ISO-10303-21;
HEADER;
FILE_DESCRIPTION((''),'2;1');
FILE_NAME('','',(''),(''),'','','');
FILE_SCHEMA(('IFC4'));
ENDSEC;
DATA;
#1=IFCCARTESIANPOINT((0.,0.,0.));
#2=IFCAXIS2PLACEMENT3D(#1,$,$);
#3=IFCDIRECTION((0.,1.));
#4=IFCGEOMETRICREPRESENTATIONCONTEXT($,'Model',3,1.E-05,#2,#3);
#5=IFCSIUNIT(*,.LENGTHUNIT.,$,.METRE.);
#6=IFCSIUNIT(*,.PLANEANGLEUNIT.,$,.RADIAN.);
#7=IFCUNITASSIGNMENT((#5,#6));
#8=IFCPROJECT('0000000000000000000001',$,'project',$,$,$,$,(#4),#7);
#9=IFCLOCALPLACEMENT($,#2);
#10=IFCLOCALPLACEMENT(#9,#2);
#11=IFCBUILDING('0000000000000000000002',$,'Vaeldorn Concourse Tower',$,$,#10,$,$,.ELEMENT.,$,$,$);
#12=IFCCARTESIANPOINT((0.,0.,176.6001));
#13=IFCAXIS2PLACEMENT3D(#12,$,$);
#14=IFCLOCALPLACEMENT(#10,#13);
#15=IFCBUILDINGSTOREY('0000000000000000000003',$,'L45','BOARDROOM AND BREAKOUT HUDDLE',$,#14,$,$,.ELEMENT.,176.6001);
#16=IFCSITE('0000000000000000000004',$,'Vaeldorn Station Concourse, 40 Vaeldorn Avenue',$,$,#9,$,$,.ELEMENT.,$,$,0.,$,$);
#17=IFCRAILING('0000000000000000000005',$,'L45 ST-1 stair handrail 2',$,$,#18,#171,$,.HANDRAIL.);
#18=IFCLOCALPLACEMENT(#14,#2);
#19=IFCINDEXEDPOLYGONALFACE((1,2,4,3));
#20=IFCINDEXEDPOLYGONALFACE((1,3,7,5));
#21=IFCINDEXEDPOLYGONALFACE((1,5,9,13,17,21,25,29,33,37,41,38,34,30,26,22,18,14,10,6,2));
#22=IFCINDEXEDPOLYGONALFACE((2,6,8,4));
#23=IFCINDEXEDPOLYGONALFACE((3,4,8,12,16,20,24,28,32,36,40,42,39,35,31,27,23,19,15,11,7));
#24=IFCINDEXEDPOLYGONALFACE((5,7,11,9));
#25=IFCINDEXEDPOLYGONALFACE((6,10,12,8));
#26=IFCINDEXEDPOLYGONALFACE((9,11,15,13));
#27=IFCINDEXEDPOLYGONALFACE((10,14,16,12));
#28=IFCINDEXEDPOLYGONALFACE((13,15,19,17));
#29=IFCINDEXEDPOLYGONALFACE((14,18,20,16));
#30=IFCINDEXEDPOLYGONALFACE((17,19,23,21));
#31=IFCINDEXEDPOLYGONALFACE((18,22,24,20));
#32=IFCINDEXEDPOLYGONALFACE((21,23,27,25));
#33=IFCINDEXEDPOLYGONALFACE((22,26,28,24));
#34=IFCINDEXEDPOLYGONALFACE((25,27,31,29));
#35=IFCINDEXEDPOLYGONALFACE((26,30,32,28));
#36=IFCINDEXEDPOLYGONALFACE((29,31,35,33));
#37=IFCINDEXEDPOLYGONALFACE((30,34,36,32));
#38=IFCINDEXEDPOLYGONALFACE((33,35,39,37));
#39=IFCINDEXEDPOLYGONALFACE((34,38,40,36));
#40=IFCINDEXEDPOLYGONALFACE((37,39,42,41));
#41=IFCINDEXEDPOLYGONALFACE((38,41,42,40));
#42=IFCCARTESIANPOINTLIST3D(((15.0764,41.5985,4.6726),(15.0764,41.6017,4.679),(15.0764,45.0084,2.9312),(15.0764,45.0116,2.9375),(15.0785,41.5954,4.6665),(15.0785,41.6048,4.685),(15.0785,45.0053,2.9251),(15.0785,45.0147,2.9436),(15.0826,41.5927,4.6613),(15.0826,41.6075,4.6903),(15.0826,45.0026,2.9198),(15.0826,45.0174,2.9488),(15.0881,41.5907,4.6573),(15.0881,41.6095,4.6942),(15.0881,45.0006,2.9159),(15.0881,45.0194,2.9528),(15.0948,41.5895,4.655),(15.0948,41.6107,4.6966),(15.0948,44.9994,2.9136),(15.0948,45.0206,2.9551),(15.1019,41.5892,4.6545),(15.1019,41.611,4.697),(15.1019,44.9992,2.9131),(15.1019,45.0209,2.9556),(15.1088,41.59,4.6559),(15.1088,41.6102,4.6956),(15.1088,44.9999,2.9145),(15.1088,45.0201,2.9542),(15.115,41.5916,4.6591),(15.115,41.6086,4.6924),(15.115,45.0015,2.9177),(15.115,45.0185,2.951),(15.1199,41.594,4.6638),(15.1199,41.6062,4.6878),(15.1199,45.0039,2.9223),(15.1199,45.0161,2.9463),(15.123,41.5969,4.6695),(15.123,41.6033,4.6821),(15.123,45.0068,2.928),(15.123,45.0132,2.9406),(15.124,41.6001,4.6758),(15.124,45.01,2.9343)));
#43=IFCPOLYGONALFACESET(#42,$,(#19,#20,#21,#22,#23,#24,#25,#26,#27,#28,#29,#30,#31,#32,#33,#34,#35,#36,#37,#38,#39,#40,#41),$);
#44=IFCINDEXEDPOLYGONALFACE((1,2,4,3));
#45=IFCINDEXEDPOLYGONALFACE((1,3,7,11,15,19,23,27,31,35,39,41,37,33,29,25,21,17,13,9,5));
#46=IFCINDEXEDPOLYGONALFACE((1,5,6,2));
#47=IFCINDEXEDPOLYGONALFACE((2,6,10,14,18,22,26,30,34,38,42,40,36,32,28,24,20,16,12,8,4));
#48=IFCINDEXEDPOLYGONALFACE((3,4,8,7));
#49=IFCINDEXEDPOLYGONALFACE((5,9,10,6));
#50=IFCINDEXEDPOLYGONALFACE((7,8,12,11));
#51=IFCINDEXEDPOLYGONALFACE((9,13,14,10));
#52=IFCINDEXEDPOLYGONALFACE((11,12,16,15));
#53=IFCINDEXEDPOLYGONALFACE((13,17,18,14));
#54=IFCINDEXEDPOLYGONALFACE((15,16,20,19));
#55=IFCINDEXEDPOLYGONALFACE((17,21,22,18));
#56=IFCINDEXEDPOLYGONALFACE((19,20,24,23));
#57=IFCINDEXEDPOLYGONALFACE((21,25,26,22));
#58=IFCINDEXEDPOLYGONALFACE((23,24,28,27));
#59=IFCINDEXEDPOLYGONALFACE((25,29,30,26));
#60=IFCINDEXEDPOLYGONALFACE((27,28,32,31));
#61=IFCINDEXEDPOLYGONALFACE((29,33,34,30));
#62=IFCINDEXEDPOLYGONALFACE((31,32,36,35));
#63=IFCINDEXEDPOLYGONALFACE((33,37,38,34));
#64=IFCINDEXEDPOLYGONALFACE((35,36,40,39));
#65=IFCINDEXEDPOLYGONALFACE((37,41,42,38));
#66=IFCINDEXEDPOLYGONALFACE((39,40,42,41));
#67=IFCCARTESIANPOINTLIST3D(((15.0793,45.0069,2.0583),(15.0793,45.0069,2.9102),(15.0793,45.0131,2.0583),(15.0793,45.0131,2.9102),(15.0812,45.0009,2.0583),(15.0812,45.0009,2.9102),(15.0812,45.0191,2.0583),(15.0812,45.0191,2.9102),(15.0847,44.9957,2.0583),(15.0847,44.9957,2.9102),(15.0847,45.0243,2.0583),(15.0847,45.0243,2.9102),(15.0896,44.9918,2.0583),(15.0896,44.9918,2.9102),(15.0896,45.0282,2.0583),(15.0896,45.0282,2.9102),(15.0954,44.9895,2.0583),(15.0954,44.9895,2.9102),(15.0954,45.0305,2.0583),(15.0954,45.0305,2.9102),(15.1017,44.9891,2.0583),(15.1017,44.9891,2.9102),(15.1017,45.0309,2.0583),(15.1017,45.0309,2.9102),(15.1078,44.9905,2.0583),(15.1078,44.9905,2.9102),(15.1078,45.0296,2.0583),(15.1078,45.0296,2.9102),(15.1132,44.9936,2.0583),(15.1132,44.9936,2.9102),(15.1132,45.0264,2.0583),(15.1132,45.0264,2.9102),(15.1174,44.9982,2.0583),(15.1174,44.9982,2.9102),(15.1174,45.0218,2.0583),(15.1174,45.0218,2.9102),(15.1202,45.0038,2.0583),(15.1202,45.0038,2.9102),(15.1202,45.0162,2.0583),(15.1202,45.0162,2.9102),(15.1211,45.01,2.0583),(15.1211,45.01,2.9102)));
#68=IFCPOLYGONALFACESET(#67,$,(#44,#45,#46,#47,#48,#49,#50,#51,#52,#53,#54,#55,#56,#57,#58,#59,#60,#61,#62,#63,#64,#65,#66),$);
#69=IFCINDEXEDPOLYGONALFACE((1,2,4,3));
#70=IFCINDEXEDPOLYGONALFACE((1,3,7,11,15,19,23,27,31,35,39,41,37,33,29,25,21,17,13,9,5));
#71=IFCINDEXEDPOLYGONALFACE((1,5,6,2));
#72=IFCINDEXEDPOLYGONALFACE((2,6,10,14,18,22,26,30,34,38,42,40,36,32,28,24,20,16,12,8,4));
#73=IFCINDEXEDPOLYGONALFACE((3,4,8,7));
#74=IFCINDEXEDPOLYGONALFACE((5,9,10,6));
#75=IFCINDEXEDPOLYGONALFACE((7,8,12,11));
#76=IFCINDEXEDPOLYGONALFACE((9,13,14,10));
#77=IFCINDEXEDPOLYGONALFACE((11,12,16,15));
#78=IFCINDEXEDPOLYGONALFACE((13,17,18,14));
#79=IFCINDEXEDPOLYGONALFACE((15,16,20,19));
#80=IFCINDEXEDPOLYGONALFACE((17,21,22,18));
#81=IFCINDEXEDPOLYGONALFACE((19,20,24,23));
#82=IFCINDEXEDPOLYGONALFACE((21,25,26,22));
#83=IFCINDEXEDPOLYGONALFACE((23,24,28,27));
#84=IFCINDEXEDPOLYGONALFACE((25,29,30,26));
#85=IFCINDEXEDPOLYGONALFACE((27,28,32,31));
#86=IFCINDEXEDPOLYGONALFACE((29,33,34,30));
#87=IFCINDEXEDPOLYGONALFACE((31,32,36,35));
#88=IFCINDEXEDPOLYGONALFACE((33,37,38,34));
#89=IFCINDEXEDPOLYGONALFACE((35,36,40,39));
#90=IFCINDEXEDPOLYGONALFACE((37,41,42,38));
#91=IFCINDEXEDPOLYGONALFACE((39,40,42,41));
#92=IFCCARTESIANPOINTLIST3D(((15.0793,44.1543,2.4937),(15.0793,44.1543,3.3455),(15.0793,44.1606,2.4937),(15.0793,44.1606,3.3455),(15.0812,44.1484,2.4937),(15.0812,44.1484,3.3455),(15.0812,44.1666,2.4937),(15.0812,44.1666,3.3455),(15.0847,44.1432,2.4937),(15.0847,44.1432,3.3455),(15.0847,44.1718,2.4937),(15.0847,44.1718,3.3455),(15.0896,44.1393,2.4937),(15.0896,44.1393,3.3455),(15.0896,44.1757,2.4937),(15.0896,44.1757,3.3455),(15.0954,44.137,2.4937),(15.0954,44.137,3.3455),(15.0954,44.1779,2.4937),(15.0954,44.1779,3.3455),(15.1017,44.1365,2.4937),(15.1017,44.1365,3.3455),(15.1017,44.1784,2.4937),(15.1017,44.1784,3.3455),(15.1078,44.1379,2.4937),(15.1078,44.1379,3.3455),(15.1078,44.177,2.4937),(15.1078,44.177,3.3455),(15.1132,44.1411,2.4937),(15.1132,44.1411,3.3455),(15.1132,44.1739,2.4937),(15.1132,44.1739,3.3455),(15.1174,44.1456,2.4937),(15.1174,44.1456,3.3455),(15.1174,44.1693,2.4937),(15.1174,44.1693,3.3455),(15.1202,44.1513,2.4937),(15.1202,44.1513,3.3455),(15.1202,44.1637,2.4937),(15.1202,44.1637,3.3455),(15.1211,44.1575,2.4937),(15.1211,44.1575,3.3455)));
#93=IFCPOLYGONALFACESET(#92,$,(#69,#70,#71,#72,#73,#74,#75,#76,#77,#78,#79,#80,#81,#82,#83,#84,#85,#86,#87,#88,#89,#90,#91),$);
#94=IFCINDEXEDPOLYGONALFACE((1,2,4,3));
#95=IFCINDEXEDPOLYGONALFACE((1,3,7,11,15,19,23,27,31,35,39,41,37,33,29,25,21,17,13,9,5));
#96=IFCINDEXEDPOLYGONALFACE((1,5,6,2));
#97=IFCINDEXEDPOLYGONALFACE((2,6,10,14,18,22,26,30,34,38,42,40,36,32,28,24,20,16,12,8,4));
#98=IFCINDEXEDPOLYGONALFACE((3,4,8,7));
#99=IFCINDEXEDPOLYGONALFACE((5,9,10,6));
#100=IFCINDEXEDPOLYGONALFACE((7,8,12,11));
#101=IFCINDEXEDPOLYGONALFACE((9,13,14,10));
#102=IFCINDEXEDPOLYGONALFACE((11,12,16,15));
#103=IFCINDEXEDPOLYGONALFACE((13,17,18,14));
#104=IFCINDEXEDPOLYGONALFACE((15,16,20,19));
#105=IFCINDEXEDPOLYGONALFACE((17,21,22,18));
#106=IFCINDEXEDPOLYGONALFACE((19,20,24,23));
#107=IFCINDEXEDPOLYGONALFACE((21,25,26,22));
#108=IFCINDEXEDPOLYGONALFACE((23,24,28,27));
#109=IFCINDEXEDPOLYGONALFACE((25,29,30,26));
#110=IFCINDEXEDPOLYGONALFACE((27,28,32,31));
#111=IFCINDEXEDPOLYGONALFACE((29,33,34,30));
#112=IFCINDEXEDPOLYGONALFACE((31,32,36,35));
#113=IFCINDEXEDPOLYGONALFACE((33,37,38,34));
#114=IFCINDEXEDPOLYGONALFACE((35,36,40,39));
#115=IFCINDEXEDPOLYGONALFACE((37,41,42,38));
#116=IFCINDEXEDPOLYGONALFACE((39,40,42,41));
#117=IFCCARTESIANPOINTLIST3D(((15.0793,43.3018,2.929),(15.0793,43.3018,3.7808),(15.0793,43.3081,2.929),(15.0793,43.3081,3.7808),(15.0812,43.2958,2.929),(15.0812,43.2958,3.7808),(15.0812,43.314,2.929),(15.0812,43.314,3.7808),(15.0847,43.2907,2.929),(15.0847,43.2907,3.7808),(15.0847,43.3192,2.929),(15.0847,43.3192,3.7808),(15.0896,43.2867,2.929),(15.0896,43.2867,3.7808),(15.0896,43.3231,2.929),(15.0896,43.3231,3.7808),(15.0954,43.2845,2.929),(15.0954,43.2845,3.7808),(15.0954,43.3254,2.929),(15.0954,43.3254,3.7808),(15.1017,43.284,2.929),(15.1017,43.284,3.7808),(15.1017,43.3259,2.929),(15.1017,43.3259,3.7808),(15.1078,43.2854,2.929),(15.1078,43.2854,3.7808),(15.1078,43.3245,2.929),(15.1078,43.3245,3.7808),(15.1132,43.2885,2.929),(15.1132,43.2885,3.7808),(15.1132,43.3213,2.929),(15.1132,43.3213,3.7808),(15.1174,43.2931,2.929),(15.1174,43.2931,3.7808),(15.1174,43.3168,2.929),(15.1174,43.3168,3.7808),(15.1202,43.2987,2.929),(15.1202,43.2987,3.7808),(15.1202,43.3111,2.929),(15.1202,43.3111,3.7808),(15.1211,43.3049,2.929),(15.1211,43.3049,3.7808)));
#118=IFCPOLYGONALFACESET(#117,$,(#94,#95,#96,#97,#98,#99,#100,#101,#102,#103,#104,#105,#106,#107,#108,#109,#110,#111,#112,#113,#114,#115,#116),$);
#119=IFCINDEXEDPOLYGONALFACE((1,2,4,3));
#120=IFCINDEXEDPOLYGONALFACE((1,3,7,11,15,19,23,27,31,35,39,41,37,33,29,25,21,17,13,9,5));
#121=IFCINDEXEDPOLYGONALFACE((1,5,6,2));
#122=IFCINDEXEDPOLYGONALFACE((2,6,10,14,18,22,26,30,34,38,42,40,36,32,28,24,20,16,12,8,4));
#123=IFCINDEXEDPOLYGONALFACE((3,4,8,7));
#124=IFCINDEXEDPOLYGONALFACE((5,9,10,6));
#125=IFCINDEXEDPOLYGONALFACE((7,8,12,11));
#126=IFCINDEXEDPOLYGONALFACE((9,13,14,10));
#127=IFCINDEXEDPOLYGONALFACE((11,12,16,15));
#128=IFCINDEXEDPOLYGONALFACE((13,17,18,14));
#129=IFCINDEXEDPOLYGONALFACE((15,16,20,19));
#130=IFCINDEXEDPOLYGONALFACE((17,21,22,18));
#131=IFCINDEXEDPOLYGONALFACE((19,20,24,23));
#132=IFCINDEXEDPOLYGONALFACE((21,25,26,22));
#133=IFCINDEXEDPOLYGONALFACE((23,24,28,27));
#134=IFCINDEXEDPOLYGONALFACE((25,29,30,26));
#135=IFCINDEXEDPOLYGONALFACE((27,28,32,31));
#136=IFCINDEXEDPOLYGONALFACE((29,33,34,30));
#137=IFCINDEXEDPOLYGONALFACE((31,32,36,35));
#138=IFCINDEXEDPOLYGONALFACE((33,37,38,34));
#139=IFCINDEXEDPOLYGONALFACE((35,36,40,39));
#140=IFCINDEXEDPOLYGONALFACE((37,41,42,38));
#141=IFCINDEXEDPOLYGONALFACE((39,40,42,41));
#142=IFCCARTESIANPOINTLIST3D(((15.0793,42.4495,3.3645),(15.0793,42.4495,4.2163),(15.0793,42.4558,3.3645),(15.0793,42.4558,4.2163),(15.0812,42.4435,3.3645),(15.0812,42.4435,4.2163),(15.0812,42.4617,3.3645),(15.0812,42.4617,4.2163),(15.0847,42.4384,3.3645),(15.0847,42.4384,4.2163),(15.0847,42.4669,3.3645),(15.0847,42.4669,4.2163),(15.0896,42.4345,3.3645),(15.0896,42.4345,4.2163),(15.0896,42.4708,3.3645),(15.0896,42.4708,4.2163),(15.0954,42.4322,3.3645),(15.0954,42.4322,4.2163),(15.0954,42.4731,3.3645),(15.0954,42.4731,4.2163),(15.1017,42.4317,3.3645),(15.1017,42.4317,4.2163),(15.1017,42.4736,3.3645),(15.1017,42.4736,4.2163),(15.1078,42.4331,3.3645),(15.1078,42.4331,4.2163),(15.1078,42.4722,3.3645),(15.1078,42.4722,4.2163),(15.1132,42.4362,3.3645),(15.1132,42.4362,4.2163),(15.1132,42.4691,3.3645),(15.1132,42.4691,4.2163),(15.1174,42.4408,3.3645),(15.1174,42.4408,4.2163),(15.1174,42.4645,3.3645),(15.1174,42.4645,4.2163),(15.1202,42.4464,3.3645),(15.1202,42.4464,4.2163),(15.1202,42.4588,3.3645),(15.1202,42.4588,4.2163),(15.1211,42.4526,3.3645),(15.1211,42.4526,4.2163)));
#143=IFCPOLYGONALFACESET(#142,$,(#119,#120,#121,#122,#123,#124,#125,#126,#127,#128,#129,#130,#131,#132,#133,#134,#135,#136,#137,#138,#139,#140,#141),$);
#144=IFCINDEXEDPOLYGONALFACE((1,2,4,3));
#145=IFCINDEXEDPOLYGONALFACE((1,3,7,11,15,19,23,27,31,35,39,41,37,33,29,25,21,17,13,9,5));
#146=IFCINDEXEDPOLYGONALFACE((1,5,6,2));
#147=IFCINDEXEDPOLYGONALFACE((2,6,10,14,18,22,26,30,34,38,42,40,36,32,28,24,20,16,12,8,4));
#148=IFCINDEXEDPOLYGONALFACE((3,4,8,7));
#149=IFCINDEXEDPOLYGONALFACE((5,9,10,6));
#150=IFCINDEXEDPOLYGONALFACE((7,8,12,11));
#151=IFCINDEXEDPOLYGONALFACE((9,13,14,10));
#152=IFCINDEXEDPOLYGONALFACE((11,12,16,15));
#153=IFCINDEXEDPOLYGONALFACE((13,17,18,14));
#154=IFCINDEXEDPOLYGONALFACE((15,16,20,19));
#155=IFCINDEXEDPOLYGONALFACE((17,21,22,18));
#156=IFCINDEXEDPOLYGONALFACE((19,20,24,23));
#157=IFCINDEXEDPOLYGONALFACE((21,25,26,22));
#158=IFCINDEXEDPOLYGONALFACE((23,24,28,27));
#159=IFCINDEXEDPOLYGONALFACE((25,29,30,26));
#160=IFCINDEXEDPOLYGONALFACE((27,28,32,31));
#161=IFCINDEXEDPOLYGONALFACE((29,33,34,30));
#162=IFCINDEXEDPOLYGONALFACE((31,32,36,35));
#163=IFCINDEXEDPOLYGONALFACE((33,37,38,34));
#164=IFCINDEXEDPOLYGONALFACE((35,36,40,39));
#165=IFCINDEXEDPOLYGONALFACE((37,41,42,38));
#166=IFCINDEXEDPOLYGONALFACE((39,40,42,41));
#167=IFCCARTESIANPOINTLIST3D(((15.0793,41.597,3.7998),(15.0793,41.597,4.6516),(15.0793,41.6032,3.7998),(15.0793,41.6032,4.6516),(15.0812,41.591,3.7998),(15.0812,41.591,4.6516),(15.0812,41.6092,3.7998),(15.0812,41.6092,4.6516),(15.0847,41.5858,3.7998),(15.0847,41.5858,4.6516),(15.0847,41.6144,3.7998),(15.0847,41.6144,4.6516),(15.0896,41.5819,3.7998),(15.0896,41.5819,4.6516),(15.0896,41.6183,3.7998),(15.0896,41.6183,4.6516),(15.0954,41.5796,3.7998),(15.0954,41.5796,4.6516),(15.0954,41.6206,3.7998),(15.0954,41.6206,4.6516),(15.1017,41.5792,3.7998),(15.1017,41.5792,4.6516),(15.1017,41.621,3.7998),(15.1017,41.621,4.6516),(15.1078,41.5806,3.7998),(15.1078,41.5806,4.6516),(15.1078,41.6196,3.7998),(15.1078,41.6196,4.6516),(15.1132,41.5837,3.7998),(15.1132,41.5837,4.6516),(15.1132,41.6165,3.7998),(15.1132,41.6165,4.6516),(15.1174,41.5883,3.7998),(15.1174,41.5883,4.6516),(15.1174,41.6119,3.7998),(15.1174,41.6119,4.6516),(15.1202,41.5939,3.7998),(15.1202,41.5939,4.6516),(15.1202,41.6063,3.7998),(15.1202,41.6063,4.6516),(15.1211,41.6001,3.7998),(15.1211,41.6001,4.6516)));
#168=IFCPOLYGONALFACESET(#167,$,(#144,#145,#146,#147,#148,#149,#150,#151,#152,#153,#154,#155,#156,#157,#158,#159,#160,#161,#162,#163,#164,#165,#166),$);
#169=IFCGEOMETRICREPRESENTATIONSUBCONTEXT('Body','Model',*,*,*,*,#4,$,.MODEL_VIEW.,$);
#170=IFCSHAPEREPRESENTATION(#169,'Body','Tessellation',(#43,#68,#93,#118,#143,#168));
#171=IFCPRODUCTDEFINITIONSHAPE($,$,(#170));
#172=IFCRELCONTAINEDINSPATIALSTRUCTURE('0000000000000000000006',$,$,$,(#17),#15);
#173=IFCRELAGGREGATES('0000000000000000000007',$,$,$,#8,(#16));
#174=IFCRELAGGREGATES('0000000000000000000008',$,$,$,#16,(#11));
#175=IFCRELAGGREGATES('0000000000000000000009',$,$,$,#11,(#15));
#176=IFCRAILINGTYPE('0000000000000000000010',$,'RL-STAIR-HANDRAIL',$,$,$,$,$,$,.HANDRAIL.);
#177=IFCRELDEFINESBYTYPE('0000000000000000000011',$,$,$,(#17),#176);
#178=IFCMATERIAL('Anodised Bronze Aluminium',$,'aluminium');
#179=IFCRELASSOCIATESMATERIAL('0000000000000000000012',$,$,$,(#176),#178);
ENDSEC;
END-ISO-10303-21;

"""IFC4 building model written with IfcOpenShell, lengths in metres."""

from ifc_helpers import new_model, si_unit, direction, frame, origin, origin_2d, place, context, subcontext, project, spatial, circle, extrude, material, type_object, element, save


model = new_model("IFC4")

# Units and contexts
model_context = context("Model", 3, precision=1e-05, world=origin(), true_north=direction((0.0, 1.0)))
body_context = subcontext(model_context, "Body", "Model", "MODEL_VIEW")
ifc_project = project(units=[si_unit("LENGTHUNIT", "METRE"), si_unit("PLANEANGLEUNIT", "RADIAN")], contexts=[model_context])

# Site, building, storey
site_placement = place(None, origin())
site = spatial("IfcSite", under=ifc_project, at=site_placement, Name="Vaeldorn Station Concourse, 40 Vaeldorn Avenue", CompositionType="ELEMENT", RefElevation=0.0)
building_placement = place(site_placement, origin())
building = spatial("IfcBuilding", under=site, at=building_placement, Name="Vaeldorn Concourse Tower", CompositionType="ELEMENT")
storey_placement = place(building_placement, frame((0.0, 0.0, 176.6001)))
storey = spatial("IfcBuildingStorey", under=building, at=storey_placement, Name="L45", Description="BOARDROOM AND BREAKOUT HUDDLE", CompositionType="ELEMENT", Elevation=176.6001)

# Railing
ifc_material_1 = material(Name="Anodised Bronze Aluminium", Category="aluminium")
railing_type_1 = type_object("IfcRailingType", Name="RL-STAIR-HANDRAIL", PredefinedType="HANDRAIL", material=ifc_material_1)
railing_1_placement = place(storey_placement, frame((15.1001, 45.01, 2.0583)))
element("IfcRailing", 1, at=railing_1_placement, inside=storey, type_object=railing_type_1, Name="L45 ST-1 stair handrail 2", PredefinedType="HANDRAIL", context=body_context, shape_type="SweptSolid", body=[
    extrude(circle(Radius=0.0239, at=origin_2d()), frame((0.0, 0.0, 0.876), z_axis=(0.0, -0.890582, 0.454823), x_axis=(1.0, 0.0, 0.0)), (0.0, 0.0, 1.0), 3.8289),
    extrude(circle(Radius=0.021, at=origin_2d()), origin(), (0.0, 0.0, 1.0), 0.8518),
    extrude(circle(Radius=0.021, at=origin_2d()), frame((0.0, -0.8525, 0.4353)), (0.0, 0.0, 1.0), 0.8518),
    extrude(circle(Radius=0.021, at=origin_2d()), frame((0.0, -1.7051, 0.8706)), (0.0, 0.0, 1.0), 0.8518),
    extrude(circle(Radius=0.021, at=origin_2d()), frame((0.0, -2.5574, 1.3062)), (0.0, 0.0, 1.0), 0.8518),
    extrude(circle(Radius=0.021, at=origin_2d()), frame((0.0, -3.4099, 1.7415)), (0.0, 0.0, 1.0), 0.8518),
])

save(model, "model.ifc")
